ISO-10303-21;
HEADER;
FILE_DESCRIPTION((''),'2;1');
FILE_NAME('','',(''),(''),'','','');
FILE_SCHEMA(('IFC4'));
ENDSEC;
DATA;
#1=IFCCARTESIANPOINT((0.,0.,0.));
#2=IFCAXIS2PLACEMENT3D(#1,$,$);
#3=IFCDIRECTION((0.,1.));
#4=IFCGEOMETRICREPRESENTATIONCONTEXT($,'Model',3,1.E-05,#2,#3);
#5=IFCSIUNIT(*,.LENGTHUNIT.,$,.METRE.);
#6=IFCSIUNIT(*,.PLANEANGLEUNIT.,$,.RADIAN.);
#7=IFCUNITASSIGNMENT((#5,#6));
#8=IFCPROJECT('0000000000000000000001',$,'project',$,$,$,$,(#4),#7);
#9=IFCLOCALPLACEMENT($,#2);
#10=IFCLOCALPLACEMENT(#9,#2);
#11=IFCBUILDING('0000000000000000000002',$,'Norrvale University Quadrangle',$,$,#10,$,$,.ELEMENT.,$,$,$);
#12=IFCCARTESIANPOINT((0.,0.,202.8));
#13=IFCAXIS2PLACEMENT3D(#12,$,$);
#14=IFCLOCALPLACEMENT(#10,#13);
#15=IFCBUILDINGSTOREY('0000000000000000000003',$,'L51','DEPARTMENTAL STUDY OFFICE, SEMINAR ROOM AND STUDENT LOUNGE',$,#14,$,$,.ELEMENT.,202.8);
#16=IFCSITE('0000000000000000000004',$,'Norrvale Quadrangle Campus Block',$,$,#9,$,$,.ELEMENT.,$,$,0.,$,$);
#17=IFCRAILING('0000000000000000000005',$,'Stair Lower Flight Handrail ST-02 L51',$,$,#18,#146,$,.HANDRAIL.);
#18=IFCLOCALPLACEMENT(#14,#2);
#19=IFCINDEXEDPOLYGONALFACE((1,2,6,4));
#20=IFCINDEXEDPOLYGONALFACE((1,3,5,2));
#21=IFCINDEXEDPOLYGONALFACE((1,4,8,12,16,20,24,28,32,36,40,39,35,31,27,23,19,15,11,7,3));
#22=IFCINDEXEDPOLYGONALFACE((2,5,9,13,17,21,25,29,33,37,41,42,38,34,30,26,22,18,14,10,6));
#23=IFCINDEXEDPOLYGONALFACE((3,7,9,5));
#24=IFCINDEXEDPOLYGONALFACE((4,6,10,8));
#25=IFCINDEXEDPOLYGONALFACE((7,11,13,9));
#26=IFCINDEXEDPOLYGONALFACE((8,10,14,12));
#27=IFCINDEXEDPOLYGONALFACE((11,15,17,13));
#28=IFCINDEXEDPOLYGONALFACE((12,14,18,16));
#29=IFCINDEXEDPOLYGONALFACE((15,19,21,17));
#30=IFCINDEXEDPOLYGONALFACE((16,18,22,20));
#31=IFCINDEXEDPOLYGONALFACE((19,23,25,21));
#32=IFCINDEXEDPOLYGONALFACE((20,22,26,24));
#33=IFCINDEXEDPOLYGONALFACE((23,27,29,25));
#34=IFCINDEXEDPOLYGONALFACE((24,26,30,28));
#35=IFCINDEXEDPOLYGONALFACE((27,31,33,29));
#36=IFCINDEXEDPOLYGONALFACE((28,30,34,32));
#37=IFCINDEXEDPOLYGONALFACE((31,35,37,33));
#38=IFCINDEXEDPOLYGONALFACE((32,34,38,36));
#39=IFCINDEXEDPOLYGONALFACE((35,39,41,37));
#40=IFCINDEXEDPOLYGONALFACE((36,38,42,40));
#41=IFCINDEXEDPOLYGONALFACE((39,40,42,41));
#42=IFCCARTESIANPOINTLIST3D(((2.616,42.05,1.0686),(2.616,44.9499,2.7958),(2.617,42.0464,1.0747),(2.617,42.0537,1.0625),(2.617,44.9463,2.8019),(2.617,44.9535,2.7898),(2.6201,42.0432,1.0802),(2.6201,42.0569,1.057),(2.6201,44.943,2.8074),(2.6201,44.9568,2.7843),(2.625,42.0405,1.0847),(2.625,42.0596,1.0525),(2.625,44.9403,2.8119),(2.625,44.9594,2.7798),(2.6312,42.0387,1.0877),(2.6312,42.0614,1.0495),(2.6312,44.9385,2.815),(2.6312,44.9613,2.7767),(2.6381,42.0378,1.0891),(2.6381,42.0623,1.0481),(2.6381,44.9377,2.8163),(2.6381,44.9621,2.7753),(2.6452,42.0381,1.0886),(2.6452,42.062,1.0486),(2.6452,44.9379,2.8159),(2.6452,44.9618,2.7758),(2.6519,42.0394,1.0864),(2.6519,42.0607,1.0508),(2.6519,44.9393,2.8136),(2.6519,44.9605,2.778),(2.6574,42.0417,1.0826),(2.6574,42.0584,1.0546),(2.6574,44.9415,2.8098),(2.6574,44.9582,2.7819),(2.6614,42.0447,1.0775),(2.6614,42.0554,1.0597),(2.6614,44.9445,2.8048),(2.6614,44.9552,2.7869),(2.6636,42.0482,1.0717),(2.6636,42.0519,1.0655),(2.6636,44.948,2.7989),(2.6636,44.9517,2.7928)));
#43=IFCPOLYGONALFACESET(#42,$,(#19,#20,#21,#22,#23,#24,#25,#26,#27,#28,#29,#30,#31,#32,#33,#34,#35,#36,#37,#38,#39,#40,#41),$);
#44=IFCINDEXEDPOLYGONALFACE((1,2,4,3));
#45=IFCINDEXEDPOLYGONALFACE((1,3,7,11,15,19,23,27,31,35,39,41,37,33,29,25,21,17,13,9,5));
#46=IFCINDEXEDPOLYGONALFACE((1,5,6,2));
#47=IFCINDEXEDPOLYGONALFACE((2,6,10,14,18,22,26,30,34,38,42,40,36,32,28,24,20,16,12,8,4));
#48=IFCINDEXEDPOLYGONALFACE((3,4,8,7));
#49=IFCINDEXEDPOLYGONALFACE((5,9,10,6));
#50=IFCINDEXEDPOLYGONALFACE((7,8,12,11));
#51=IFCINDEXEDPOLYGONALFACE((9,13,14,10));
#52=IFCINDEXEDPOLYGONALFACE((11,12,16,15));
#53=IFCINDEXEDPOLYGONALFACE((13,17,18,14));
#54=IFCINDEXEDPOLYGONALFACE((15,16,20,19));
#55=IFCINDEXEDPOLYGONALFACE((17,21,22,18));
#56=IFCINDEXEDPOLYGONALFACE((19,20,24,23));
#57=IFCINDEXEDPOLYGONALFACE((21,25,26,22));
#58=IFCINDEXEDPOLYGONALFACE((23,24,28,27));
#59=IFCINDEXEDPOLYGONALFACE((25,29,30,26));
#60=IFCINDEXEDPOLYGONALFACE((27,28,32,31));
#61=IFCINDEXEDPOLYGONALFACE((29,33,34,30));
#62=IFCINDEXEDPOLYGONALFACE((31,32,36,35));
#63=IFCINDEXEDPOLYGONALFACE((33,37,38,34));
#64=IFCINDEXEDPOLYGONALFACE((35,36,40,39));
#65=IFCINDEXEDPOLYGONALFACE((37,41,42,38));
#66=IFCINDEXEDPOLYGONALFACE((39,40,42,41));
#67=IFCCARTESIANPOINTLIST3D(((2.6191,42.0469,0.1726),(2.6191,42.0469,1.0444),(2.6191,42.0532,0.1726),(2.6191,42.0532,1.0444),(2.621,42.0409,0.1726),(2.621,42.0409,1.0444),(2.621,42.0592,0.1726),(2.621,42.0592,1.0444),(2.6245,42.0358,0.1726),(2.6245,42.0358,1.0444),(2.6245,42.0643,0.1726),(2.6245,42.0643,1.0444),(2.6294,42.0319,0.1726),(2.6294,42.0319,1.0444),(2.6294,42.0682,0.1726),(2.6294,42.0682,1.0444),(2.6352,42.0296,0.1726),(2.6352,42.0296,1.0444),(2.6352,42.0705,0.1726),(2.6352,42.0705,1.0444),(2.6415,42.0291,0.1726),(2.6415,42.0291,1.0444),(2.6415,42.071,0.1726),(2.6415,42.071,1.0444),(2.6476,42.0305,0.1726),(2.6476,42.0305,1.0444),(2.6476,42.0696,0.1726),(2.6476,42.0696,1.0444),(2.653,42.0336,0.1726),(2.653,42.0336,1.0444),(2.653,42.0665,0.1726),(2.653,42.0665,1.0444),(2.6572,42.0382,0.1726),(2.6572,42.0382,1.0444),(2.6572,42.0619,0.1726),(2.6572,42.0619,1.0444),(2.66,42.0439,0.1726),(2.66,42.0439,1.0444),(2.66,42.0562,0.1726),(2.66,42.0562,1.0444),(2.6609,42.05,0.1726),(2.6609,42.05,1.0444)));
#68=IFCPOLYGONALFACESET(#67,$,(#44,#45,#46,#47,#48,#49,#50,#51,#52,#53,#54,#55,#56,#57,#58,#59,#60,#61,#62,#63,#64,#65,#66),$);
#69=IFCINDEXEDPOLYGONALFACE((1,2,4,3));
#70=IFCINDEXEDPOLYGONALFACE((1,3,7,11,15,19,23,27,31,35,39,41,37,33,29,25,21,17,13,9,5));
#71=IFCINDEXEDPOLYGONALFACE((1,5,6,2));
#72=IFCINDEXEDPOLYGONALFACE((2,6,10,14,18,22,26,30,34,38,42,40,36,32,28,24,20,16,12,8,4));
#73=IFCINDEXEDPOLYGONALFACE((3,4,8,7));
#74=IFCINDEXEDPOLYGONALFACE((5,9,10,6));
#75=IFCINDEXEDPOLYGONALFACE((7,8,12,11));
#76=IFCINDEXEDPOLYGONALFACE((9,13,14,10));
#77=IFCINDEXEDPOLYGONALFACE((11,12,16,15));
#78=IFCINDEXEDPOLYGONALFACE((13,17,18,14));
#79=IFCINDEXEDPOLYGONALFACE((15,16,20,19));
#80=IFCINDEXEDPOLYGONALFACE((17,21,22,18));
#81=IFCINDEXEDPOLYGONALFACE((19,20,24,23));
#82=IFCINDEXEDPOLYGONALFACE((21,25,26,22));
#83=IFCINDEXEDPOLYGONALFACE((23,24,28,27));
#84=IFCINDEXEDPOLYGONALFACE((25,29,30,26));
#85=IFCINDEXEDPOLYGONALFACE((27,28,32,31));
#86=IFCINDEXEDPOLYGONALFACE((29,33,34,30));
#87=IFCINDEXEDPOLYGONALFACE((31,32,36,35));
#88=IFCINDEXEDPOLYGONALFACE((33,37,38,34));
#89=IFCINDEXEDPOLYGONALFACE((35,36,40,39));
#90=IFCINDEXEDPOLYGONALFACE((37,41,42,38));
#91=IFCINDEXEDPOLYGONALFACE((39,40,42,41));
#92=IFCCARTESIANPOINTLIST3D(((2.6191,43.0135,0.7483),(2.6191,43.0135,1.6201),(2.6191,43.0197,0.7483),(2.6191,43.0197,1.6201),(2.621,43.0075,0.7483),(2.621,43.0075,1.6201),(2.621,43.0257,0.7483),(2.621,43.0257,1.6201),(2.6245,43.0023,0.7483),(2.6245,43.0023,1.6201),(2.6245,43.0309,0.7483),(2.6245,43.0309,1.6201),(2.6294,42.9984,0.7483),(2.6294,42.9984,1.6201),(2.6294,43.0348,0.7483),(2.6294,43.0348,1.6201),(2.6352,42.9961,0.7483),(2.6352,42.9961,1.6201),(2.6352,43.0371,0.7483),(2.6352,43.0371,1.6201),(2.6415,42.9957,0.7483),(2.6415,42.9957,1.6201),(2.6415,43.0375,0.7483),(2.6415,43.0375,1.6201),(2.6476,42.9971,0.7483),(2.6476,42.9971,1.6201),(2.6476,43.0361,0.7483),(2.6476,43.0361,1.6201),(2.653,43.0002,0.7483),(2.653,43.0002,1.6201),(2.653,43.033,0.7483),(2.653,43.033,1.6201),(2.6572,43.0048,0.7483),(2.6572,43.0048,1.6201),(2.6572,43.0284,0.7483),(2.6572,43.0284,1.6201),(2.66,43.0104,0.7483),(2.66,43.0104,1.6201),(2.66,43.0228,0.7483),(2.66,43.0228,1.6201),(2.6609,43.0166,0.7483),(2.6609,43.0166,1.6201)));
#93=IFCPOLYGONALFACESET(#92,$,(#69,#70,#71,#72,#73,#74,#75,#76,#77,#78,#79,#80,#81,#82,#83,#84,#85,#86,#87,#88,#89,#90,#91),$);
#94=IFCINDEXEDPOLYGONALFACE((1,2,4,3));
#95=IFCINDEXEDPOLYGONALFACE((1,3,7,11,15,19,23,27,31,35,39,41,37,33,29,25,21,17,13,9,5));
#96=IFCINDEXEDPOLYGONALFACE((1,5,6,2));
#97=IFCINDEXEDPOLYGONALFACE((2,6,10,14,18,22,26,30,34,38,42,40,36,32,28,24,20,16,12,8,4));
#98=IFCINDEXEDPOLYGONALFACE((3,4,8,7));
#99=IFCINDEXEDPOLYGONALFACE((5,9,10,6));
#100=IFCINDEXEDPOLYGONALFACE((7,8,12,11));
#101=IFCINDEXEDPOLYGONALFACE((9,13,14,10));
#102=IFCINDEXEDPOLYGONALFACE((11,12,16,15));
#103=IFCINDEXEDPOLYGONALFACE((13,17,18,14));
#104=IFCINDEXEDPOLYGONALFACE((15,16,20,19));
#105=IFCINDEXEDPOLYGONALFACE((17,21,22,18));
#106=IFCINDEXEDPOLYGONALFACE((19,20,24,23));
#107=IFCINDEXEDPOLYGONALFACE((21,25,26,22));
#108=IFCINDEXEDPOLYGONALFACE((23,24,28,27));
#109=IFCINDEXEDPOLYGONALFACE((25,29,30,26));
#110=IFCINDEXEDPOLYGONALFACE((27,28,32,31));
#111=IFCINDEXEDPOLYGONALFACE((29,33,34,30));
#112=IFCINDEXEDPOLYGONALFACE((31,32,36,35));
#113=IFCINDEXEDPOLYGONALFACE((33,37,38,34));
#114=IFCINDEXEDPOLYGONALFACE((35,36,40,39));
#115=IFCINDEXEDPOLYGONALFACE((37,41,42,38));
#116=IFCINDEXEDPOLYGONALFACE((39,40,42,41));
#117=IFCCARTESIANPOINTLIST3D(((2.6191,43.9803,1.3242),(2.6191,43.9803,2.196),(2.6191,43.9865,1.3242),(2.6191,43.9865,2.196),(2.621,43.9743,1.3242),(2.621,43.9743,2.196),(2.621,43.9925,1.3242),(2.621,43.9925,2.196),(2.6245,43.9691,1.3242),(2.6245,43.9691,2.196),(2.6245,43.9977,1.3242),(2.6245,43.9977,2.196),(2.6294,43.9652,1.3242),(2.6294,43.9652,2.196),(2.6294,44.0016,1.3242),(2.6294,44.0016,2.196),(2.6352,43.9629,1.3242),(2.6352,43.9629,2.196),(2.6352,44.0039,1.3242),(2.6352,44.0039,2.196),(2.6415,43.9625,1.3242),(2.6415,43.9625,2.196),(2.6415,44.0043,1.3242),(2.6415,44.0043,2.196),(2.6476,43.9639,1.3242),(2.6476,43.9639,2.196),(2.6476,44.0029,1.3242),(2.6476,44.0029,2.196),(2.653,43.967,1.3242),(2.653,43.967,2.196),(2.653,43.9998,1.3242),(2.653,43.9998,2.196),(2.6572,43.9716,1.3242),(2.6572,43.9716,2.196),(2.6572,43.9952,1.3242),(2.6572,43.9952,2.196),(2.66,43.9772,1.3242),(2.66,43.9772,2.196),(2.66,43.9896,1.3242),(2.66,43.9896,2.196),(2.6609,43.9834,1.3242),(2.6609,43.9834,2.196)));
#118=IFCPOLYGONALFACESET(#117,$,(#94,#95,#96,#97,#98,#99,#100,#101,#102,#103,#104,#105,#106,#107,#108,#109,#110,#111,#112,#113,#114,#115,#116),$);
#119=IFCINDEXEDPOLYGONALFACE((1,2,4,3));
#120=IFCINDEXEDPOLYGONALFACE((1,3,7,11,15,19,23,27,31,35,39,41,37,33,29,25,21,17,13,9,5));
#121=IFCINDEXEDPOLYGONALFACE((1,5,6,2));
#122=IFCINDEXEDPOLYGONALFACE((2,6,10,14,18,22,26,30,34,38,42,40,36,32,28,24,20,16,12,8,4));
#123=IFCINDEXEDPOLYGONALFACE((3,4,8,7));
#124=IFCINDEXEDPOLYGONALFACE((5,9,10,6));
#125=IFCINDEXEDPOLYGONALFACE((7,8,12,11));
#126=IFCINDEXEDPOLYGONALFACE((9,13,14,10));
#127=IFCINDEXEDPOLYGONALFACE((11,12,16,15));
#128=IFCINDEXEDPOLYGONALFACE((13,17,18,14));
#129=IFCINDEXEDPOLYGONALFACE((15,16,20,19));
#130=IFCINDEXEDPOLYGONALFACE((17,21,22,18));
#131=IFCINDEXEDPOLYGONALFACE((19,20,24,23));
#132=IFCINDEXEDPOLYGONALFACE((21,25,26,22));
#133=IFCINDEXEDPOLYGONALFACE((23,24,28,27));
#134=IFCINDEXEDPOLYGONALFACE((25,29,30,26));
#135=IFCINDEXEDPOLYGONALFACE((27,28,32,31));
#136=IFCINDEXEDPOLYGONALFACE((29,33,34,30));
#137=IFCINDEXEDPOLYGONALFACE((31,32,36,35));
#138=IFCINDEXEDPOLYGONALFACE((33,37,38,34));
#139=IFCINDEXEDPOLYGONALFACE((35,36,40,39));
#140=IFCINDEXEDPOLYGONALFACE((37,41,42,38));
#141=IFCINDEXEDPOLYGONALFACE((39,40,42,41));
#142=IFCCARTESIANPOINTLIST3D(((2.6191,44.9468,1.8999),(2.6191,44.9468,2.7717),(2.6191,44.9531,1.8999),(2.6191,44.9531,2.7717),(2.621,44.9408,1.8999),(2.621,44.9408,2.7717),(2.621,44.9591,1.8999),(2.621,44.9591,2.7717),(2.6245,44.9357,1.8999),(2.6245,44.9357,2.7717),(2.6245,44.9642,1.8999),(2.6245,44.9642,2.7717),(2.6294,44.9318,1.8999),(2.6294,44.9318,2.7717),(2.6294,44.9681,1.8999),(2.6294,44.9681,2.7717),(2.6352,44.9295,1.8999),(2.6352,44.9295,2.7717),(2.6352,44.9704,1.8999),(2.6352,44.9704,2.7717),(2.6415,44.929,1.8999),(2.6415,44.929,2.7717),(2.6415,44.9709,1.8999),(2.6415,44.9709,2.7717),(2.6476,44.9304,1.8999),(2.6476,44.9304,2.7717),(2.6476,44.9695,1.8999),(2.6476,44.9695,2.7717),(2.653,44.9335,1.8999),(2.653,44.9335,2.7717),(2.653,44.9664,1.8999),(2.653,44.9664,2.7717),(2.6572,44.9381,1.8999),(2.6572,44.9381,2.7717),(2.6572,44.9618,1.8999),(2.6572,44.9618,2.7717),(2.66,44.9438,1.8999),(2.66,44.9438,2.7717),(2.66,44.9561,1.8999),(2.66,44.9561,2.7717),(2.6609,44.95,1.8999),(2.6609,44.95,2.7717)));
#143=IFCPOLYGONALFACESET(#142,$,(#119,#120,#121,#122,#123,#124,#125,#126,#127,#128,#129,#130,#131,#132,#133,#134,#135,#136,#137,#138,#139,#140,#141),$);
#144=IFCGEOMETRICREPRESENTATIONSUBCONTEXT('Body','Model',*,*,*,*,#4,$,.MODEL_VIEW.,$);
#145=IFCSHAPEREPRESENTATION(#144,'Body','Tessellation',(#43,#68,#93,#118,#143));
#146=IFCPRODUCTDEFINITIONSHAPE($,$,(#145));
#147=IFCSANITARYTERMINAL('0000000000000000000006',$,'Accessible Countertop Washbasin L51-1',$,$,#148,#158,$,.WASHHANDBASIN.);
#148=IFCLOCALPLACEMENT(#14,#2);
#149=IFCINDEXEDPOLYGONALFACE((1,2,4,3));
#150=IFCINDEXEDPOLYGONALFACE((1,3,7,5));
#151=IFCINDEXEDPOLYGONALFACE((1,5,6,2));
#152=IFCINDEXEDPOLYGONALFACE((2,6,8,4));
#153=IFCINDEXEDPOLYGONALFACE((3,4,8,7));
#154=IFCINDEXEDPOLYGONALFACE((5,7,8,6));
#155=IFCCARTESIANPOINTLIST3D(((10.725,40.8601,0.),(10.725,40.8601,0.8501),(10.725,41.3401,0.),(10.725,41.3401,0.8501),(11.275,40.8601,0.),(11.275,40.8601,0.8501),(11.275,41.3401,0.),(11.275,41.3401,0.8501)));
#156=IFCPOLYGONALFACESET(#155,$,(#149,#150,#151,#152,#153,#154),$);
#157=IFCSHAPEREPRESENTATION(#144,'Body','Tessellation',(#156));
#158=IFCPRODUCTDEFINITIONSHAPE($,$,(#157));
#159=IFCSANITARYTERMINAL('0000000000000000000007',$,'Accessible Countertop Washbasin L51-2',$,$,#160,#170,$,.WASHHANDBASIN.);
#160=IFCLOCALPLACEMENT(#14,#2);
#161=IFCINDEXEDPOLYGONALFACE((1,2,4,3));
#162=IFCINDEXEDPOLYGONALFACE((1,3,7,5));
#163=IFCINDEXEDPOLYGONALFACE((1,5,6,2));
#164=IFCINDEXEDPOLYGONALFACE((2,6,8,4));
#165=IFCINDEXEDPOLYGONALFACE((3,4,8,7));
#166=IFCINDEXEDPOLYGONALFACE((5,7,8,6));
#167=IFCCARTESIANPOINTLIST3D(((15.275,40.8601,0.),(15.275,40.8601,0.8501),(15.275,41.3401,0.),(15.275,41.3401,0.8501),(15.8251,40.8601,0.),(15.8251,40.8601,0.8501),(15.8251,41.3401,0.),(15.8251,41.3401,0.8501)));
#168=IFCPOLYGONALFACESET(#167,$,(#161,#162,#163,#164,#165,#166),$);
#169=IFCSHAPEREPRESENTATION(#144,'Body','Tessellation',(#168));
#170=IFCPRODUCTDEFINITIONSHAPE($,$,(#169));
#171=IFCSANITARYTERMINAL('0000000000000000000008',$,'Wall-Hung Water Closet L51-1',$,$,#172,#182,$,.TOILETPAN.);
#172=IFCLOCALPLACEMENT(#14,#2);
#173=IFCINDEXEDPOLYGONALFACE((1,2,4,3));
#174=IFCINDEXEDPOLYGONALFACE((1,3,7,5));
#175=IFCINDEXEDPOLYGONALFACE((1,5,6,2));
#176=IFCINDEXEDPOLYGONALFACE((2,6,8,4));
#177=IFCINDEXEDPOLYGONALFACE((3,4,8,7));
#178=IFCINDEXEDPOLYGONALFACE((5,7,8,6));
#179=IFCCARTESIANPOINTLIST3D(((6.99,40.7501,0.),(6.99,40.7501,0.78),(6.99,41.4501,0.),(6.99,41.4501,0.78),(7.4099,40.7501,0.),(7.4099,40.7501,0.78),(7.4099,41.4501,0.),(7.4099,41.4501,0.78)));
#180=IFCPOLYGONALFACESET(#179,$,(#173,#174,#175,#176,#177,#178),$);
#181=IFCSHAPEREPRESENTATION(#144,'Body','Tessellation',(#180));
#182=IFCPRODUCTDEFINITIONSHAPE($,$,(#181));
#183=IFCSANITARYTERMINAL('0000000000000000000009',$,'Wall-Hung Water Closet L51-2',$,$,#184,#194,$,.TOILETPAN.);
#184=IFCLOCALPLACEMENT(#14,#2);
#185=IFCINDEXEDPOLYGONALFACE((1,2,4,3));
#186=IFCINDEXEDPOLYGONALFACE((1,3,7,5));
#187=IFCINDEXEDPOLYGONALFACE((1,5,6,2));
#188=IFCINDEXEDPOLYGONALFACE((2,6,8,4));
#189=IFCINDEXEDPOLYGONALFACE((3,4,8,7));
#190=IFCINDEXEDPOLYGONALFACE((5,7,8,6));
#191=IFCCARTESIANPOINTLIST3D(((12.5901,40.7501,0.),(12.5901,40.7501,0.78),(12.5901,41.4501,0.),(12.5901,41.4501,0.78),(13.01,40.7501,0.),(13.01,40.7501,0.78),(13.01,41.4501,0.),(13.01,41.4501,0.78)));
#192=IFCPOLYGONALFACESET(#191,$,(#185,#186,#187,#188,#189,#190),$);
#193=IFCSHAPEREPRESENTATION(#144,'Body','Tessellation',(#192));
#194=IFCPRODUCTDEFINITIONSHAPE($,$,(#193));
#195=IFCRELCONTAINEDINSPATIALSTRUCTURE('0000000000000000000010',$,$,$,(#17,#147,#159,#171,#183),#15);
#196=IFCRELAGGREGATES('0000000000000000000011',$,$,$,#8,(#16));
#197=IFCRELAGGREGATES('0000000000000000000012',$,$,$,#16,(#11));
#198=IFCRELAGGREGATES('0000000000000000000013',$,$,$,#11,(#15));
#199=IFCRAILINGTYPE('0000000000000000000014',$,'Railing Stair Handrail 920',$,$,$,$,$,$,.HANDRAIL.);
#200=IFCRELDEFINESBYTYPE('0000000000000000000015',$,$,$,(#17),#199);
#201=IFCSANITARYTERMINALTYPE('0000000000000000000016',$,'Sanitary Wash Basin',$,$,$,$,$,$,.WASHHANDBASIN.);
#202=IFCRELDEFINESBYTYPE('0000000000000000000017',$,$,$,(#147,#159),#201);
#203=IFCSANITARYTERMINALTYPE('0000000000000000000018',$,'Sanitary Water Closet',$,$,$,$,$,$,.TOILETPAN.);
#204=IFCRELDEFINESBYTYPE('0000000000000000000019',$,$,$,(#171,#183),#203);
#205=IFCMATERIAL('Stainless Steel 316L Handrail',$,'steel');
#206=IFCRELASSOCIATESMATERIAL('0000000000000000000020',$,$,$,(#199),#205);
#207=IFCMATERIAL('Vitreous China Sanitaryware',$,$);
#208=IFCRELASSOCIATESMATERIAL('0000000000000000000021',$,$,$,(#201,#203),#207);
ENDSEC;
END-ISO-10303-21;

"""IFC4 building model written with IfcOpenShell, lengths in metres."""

from ifc_helpers import new_model, si_unit, direction, frame, origin, origin_2d, place, context, subcontext, project, spatial, rectangle, circle, extrude, material, type_object, element, save


model = new_model("IFC4")

# Units and contexts
model_context = context("Model", 3, precision=1e-05, world=origin(), true_north=direction((0.0, 1.0)))
body_context = subcontext(model_context, "Body", "Model", "MODEL_VIEW")
ifc_project = project(units=[si_unit("LENGTHUNIT", "METRE"), si_unit("PLANEANGLEUNIT", "RADIAN")], contexts=[model_context])

# Site, building, storey
site_placement = place(None, origin())
site = spatial("IfcSite", under=ifc_project, at=site_placement, Name="Norrvale Quadrangle Campus Block", CompositionType="ELEMENT", RefElevation=0.0)
building_placement = place(site_placement, origin())
building = spatial("IfcBuilding", under=site, at=building_placement, Name="Norrvale University Quadrangle", CompositionType="ELEMENT")
storey_placement = place(building_placement, frame((0.0, 0.0, 202.8)))
storey = spatial("IfcBuildingStorey", under=building, at=storey_placement, Name="L51", Description="DEPARTMENTAL STUDY OFFICE, SEMINAR ROOM AND STUDENT LOUNGE", CompositionType="ELEMENT", Elevation=202.8)

# Railing
ifc_material_1 = material(Name="Stainless Steel 316L Handrail", Category="steel")
railing_type_1 = type_object("IfcRailingType", Name="Railing Stair Handrail 920", PredefinedType="HANDRAIL", material=ifc_material_1)
railing_1_placement = place(storey_placement, frame((2.6399, 42.05, 0.1726)))
element("IfcRailing", 1, at=railing_1_placement, inside=storey, type_object=railing_type_1, Name="Stair Lower Flight Handrail ST-02 L51", PredefinedType="HANDRAIL", context=body_context, shape_type="SweptSolid", body=[
    extrude(circle(Radius=0.0239, at=origin_2d()), frame((0.0, 0.0, 0.896), z_axis=(0.0, 0.859141, 0.511738), x_axis=(-1.0, 0.0, 0.0)), (0.0, 0.0, 1.0), 3.3752),
    extrude(circle(Radius=0.021, at=origin_2d()), origin(), (0.0, 0.0, 1.0), 0.8718),
    extrude(circle(Radius=0.021, at=origin_2d()), frame((0.0, 0.9666, 0.5757)), (0.0, 0.0, 1.0), 0.8718),
    extrude(circle(Radius=0.021, at=origin_2d()), frame((0.0, 1.9333, 1.1516)), (0.0, 0.0, 1.0), 0.8718),
    extrude(circle(Radius=0.021, at=origin_2d()), frame((0.0, 2.8999, 1.7273)), (0.0, 0.0, 1.0), 0.8718),
])

# Sanitary terminals
ifc_material_2 = material(Name="Vitreous China Sanitaryware")
sanitary_terminal_type_1 = type_object("IfcSanitaryTerminalType", Name="Sanitary Wash Basin", PredefinedType="WASHHANDBASIN", material=ifc_material_2)
for number, where, z_axis, x_axis, name in (
    (2, (11.0, 41.1001, 0.0), (0.0, 0.0, 1.0), (1.0, 0.0, 0.0), "Accessible Countertop Washbasin L51-1"),
    (3, (15.55, 41.1001, 0.0), (0.0, 0.0, 1.0), (1.0, 0.0, 0.0), "Accessible Countertop Washbasin L51-2"),
):
    element("IfcSanitaryTerminal", number, at=place(storey_placement, frame(where, z_axis=z_axis, x_axis=x_axis)), inside=storey, type_object=sanitary_terminal_type_1, Name=name, PredefinedType="WASHHANDBASIN", context=body_context, shape_type="SweptSolid", body=[
        extrude(rectangle(XDim=0.55, YDim=0.48, at=origin_2d()), origin(), (0.0, 0.0, 1.0), 0.8501),
    ])
sanitary_terminal_type_2 = type_object("IfcSanitaryTerminalType", Name="Sanitary Water Closet", PredefinedType="TOILETPAN", material=ifc_material_2)
for number, where, z_axis, x_axis, name in (
    (4, (7.2, 41.1001, 0.0), (0.0, 0.0, 1.0), (1.0, 0.0, 0.0), "Wall-Hung Water Closet L51-1"),
    (5, (12.8, 41.1001, 0.0), (0.0, 0.0, 1.0), (1.0, 0.0, 0.0), "Wall-Hung Water Closet L51-2"),
):
    element("IfcSanitaryTerminal", number, at=place(storey_placement, frame(where, z_axis=z_axis, x_axis=x_axis)), inside=storey, type_object=sanitary_terminal_type_2, Name=name, PredefinedType="TOILETPAN", context=body_context, shape_type="SweptSolid", body=[
        extrude(rectangle(XDim=0.4199, YDim=0.7, at=origin_2d()), origin(), (0.0, 0.0, 1.0), 0.78),
    ])

save(model, "model.ifc")
